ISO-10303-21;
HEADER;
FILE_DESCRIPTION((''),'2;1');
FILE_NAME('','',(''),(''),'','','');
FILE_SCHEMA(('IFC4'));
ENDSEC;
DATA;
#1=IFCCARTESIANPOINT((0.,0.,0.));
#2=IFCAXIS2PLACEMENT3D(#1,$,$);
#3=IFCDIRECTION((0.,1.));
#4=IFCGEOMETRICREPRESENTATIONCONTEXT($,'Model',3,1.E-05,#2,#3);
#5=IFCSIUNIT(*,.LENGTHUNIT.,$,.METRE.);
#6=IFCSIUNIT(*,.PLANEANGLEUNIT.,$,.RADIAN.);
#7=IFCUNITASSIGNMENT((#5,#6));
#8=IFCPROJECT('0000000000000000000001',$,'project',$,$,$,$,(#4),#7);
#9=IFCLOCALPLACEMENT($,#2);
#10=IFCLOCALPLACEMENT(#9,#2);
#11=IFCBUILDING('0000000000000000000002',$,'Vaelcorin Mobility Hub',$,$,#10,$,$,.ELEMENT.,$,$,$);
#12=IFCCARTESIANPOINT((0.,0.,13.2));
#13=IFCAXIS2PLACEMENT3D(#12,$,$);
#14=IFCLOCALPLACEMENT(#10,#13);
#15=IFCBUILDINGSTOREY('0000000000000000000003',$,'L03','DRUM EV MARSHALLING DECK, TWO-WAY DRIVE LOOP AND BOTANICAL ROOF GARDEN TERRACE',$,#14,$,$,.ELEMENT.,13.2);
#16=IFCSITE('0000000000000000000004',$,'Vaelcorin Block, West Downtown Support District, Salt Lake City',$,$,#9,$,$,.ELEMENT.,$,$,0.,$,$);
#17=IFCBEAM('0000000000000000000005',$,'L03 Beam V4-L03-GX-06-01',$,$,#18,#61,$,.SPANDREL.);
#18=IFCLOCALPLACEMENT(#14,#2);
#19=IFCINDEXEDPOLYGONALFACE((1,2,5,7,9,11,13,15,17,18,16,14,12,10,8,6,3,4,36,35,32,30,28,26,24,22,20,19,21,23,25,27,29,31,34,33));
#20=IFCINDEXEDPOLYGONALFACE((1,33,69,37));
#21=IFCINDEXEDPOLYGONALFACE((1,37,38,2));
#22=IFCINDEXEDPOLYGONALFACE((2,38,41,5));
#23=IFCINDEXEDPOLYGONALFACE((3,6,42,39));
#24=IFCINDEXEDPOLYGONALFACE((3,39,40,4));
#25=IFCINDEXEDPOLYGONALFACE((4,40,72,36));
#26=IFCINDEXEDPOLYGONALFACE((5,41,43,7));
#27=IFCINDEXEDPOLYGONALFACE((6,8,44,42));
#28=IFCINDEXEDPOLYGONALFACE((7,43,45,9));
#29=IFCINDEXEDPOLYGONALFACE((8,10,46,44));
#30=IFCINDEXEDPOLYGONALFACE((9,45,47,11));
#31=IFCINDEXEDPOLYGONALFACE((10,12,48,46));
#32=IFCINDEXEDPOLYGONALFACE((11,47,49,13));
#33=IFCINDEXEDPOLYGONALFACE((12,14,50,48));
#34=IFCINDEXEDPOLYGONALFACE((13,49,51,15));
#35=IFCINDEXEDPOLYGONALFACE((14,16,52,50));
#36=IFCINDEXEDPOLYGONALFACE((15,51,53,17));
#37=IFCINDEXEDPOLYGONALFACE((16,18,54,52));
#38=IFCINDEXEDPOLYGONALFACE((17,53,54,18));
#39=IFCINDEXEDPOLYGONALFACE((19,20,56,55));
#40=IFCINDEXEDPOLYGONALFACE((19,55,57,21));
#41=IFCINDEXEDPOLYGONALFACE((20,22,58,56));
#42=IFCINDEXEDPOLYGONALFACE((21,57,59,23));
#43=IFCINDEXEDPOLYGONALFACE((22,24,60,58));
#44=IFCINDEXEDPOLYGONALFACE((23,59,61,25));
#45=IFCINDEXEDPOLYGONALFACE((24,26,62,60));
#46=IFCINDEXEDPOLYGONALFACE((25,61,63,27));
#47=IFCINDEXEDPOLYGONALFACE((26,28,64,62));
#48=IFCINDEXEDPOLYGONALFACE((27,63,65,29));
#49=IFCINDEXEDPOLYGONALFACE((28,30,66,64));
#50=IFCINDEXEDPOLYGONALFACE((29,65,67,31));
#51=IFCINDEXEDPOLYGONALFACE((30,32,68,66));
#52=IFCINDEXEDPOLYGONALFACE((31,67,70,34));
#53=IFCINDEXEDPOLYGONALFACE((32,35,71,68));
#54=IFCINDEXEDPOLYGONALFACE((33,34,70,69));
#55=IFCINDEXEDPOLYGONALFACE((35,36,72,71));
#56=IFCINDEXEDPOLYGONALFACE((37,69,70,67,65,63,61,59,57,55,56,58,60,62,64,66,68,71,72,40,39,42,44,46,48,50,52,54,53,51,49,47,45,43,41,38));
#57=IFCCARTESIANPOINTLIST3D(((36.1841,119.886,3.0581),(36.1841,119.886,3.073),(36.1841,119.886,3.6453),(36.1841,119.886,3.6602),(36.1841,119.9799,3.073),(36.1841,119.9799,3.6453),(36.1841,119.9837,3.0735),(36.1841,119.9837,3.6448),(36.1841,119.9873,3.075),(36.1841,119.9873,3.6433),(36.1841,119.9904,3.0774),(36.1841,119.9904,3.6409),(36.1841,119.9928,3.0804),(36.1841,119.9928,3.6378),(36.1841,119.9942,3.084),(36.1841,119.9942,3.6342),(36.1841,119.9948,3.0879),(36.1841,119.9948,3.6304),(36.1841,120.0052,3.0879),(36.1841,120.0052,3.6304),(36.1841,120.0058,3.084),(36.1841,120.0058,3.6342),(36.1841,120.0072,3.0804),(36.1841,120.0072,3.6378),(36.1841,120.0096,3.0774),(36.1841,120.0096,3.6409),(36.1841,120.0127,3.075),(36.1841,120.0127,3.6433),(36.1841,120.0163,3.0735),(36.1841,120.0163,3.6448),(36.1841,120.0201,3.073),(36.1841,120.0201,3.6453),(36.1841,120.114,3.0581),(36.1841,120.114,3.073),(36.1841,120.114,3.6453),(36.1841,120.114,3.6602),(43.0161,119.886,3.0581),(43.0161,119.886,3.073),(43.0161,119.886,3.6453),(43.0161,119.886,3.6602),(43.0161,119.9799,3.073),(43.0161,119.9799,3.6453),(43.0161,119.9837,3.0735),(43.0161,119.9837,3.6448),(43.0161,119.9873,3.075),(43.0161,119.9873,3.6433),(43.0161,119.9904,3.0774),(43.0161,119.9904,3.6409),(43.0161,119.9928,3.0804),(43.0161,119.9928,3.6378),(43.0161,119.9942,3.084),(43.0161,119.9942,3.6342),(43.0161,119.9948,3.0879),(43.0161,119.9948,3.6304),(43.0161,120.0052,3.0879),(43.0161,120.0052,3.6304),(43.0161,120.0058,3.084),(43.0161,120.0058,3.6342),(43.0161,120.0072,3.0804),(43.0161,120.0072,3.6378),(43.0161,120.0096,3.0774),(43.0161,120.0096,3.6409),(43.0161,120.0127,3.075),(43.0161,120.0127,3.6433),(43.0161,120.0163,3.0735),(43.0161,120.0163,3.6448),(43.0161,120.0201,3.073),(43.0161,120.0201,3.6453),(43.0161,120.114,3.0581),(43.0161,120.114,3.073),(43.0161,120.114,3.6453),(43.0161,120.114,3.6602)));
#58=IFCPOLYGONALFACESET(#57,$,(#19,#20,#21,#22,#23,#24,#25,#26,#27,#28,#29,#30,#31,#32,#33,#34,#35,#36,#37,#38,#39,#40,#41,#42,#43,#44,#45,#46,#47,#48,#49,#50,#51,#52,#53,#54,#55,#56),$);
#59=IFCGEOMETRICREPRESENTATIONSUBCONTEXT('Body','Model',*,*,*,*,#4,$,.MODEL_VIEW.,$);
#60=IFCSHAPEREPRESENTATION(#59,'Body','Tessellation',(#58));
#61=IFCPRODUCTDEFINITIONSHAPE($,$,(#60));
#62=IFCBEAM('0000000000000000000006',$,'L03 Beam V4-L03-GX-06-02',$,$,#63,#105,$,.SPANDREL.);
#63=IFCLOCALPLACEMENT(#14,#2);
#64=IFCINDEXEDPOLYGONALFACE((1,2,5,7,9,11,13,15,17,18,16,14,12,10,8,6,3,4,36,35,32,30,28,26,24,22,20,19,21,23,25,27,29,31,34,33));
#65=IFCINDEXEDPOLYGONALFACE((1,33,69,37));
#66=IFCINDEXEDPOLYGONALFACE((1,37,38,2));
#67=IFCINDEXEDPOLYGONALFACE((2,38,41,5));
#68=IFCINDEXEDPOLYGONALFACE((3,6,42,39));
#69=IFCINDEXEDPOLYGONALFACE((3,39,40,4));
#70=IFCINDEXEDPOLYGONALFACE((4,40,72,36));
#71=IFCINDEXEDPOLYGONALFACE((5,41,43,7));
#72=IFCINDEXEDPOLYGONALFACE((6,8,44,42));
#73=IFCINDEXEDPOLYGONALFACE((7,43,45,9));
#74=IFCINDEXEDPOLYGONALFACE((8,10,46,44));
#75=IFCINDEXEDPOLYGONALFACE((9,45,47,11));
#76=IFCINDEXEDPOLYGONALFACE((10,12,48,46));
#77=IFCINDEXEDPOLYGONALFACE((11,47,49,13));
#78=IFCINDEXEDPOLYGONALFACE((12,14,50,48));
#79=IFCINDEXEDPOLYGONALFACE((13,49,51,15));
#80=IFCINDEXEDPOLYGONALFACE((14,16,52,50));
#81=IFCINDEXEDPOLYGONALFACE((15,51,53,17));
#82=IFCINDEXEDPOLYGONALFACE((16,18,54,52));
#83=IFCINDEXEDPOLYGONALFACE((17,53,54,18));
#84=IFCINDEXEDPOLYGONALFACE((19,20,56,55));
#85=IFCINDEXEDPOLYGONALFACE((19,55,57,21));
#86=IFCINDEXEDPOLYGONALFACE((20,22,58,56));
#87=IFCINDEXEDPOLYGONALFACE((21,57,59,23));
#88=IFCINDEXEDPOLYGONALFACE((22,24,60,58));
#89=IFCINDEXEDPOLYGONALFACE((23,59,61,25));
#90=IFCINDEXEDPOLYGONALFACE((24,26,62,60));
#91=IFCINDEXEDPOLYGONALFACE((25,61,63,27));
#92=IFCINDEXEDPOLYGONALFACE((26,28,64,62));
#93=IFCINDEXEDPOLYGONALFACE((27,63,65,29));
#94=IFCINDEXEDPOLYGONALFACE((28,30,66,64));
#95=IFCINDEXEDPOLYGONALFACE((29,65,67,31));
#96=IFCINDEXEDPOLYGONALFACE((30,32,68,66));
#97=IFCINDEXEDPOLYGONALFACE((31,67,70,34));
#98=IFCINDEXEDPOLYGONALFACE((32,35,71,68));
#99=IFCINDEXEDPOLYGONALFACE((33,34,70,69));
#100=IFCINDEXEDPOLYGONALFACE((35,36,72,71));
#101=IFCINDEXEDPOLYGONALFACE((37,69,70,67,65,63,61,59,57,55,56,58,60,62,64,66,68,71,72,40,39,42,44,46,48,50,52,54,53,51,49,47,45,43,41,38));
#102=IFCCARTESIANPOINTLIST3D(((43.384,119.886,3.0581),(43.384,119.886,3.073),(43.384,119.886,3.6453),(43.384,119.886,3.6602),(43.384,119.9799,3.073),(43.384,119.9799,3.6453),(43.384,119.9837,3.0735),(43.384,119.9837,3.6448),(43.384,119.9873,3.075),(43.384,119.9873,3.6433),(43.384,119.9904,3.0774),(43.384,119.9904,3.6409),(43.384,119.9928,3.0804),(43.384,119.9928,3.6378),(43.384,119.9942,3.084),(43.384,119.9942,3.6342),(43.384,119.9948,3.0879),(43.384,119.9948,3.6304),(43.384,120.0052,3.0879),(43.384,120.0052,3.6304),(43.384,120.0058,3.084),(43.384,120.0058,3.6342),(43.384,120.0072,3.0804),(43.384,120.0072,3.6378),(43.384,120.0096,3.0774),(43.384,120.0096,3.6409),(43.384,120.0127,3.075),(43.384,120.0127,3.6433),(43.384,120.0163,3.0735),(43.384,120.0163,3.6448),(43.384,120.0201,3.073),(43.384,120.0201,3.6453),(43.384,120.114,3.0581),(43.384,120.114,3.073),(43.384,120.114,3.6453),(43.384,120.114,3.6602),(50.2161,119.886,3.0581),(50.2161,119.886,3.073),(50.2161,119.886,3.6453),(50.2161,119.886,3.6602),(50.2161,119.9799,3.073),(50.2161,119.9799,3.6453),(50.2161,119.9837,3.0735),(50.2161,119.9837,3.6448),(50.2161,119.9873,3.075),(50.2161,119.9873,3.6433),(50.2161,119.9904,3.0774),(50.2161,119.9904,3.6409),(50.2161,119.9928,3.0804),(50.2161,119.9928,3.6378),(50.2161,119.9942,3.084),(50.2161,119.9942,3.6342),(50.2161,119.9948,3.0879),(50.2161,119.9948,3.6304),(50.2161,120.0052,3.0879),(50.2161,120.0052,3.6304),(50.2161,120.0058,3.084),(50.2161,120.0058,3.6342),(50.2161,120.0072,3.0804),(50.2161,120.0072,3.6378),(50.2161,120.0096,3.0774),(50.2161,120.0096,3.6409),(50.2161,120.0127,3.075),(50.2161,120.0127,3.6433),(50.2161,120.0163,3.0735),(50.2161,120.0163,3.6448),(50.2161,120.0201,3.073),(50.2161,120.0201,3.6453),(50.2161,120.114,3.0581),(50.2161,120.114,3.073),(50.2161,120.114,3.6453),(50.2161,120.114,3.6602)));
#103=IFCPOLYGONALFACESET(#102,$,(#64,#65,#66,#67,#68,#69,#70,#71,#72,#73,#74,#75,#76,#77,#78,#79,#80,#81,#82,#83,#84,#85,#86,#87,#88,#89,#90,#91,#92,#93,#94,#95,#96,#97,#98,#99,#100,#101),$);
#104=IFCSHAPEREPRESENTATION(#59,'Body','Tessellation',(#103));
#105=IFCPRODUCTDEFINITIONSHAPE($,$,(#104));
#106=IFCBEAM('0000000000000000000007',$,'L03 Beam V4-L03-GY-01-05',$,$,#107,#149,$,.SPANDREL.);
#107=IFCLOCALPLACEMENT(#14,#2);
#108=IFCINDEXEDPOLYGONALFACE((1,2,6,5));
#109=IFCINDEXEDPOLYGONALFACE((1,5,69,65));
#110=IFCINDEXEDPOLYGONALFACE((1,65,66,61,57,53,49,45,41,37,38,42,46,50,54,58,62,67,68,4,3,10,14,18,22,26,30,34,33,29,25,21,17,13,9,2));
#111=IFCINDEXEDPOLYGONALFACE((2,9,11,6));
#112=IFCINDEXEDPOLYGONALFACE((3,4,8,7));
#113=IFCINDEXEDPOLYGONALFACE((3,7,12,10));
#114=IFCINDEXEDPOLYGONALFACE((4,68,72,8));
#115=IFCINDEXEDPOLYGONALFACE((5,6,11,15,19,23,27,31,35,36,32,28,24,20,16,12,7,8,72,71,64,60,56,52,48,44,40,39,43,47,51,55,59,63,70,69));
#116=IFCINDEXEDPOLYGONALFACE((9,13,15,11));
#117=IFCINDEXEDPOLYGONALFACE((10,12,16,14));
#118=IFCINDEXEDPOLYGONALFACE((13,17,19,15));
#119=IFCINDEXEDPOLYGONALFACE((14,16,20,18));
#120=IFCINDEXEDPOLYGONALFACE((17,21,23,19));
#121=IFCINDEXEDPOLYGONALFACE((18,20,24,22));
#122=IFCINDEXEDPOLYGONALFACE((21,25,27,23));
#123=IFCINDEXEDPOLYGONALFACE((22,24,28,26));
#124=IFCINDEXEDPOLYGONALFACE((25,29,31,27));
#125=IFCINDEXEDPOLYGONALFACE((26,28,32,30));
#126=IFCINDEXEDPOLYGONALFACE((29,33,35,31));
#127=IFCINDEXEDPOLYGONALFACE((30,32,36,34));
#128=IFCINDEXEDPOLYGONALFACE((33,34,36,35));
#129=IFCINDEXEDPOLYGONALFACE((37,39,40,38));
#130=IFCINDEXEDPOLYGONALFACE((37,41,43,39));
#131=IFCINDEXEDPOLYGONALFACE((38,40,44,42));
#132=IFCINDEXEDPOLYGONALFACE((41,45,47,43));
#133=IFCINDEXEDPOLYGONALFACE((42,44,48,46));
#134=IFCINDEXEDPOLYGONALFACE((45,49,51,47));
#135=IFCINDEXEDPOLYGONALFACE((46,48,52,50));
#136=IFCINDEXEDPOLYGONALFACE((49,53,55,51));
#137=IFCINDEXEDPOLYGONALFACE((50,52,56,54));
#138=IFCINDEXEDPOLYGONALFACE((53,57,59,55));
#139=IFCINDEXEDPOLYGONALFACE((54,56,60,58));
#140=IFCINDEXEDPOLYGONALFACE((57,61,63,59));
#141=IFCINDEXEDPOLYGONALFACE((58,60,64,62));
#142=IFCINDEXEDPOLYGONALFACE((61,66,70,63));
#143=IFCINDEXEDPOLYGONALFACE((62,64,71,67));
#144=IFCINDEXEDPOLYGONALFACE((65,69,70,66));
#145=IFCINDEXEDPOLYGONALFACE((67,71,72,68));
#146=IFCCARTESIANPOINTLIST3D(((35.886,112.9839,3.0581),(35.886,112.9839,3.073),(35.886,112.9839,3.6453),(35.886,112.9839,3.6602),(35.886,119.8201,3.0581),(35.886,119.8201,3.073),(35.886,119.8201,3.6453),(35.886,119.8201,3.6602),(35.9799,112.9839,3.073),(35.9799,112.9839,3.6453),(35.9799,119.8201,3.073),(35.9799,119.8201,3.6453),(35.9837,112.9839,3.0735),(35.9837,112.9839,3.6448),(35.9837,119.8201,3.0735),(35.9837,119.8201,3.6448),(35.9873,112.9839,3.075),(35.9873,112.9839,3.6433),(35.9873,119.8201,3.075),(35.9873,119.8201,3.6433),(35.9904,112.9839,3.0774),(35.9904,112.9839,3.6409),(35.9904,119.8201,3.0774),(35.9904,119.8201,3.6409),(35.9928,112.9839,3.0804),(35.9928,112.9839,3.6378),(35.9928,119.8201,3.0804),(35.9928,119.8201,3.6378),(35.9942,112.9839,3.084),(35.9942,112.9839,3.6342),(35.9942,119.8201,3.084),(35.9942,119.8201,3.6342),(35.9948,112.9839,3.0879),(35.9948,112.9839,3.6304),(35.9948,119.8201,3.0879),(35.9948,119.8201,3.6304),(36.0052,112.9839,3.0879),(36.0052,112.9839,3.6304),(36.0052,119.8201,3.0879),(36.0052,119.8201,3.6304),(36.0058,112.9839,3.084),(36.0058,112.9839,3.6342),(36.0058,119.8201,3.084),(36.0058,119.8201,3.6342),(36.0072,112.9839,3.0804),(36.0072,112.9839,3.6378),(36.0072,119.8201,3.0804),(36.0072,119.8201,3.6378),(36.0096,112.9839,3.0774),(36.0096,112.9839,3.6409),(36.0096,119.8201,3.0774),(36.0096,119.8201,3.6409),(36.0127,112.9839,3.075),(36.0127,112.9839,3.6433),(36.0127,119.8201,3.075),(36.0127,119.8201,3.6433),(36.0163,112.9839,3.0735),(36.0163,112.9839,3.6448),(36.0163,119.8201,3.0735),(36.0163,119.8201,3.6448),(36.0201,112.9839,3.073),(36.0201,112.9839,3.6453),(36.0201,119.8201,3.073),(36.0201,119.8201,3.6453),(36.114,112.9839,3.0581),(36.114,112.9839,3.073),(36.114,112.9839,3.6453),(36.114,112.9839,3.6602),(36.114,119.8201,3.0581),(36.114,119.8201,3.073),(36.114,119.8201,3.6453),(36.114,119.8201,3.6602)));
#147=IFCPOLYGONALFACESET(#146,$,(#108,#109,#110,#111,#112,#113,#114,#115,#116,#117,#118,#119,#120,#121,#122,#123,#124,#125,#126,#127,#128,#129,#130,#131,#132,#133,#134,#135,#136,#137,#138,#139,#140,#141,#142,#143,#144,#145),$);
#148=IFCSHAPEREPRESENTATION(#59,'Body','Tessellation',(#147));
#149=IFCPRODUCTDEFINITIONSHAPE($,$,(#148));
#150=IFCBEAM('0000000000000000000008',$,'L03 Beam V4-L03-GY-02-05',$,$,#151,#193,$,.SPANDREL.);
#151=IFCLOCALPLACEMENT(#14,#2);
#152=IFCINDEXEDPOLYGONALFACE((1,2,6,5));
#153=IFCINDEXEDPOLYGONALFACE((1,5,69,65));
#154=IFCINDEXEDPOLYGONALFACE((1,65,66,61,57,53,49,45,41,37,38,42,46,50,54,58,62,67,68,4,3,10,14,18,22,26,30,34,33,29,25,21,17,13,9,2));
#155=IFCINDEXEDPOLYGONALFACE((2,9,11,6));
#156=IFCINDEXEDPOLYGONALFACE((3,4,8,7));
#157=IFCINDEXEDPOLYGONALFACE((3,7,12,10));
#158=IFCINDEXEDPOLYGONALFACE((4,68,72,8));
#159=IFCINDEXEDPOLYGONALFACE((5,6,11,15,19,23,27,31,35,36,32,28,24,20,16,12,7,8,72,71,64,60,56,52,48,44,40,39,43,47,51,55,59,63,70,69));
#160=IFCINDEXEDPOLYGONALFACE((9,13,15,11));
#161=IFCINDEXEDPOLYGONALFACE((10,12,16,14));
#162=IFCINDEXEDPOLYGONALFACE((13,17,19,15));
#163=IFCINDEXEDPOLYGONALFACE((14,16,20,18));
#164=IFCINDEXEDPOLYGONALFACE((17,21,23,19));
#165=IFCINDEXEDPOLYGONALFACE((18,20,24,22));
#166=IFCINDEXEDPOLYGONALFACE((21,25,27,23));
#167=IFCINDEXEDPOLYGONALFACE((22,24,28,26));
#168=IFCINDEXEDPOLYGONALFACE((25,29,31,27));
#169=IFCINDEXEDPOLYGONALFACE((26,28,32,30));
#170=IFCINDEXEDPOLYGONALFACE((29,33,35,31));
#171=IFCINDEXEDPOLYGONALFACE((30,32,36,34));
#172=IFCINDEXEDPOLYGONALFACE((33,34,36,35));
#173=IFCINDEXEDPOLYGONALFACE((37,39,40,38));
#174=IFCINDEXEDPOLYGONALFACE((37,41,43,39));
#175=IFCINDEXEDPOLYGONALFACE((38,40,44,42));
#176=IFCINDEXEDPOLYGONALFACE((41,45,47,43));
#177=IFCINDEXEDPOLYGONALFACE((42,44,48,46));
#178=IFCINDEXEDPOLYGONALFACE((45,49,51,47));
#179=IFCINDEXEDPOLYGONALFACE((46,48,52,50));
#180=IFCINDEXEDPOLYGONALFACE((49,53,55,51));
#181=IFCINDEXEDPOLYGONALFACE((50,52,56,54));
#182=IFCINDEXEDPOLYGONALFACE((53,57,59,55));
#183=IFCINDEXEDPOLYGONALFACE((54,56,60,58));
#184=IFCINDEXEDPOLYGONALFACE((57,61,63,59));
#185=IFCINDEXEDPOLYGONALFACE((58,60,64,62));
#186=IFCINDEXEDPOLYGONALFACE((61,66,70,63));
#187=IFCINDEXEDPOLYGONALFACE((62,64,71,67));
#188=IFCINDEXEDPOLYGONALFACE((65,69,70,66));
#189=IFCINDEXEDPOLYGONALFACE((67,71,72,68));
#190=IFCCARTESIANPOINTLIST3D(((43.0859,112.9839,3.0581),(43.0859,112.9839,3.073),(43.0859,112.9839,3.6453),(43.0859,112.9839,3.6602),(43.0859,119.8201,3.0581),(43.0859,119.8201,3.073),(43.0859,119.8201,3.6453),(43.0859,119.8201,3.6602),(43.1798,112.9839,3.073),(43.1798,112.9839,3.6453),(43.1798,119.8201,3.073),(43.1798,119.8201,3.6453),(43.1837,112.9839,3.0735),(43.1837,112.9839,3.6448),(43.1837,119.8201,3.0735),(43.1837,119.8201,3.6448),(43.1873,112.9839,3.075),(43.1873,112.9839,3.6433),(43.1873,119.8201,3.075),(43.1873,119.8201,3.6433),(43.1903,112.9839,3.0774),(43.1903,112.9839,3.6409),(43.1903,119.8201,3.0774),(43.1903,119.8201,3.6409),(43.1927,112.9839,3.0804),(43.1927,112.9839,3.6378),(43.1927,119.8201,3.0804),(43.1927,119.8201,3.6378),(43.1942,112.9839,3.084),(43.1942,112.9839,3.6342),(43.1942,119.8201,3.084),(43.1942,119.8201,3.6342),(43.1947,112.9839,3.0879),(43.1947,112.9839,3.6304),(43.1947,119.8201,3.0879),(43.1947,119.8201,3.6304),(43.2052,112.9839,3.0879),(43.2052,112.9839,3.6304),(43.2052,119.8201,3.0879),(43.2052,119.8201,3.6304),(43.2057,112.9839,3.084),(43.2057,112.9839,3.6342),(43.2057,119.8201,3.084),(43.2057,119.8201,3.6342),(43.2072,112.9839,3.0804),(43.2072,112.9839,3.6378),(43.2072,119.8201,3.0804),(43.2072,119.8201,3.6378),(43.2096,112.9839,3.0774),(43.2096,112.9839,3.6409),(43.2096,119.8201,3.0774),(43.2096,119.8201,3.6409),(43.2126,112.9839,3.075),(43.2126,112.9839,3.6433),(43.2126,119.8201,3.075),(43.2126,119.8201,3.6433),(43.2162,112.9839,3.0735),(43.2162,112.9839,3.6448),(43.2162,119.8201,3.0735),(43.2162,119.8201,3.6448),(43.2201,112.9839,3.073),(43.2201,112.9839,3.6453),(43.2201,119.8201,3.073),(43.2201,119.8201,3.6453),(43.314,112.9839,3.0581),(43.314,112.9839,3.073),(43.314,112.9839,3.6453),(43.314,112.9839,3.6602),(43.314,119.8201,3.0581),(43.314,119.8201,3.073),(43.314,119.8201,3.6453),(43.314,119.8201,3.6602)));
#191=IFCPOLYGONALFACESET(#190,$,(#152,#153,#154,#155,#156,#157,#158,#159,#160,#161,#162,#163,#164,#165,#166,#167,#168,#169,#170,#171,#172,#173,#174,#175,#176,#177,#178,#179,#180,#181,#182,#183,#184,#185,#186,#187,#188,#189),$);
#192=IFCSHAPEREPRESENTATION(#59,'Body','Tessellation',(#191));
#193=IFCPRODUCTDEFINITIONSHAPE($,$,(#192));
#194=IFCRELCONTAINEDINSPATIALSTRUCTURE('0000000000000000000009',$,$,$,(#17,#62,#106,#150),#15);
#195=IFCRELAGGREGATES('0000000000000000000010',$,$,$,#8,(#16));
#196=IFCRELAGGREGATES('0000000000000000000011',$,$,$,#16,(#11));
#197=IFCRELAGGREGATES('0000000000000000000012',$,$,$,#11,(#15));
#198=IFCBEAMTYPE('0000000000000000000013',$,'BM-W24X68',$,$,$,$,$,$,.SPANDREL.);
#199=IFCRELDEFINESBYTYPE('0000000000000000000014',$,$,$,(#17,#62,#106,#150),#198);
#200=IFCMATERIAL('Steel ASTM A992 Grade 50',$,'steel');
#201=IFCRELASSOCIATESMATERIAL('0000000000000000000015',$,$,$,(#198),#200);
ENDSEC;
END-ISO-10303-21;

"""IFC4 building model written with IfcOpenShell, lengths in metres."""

from ifc_helpers import new_model, si_unit, direction, frame, origin, origin_2d, place, context, subcontext, project, spatial, i_section, extrude, material, material_profile, profile_set, type_object, element, save


model = new_model("IFC4")

# Units and contexts
model_context = context("Model", 3, precision=1e-05, world=origin(), true_north=direction((0.0, 1.0)))
body_context = subcontext(model_context, "Body", "Model", "MODEL_VIEW")
ifc_project = project(units=[si_unit("LENGTHUNIT", "METRE"), si_unit("PLANEANGLEUNIT", "RADIAN")], contexts=[model_context])

# Site, building, storey
site_placement = place(None, origin())
site = spatial("IfcSite", under=ifc_project, at=site_placement, Name="Vaelcorin Block, West Downtown Support District, Salt Lake City", CompositionType="ELEMENT", RefElevation=0.0)
building_placement = place(site_placement, origin())
building = spatial("IfcBuilding", under=site, at=building_placement, Name="Vaelcorin Mobility Hub", CompositionType="ELEMENT")
storey_placement = place(building_placement, frame((0.0, 0.0, 13.2)))
storey = spatial("IfcBuildingStorey", under=building, at=storey_placement, Name="L03", Description="DRUM EV MARSHALLING DECK, TWO-WAY DRIVE LOOP AND BOTANICAL ROOF GARDEN TERRACE", CompositionType="ELEMENT", Elevation=13.2)

# Shared definitions
ifc_material_1 = material(Name="Steel ASTM A992 Grade 50", Category="steel")

# Beams
ifc_material_profile_1 = material_profile(ifc_material_1, i_section(OverallWidth=0.228, OverallDepth=0.6021, WebThickness=0.0105, FlangeThickness=0.0149, FilletRadius=0.0149, at=origin_2d()), Name="W24X68")
ifc_profile_set_1 = profile_set([ifc_material_profile_1], Name="Steel ASTM A992 Grade 50")
beam_type_1 = type_object("IfcBeamType", Name="BM-W24X68", PredefinedType="SPANDREL", material=ifc_profile_set_1)
for number, where, z_axis, x_axis, name in (
    (1, (36.1841, 120.0, 3.3591), (1.0, 0.0, 0.0), (0.0, 1.0, 0.0), "L03 Beam V4-L03-GX-06-01"),
    (2, (43.384, 120.0, 3.3591), (1.0, 0.0, 0.0), (0.0, 1.0, 0.0), "L03 Beam V4-L03-GX-06-02"),
):
    element("IfcBeam", number, at=place(storey_placement, frame(where, z_axis=z_axis, x_axis=x_axis)), inside=storey, type_object=beam_type_1, Name=name, PredefinedType="SPANDREL", context=body_context, shape_type="SweptSolid", body=[
        extrude(i_section(OverallWidth=0.228, OverallDepth=0.6021, WebThickness=0.0105, FlangeThickness=0.0149, FilletRadius=0.0149, at=origin_2d()), origin(), (0.0, 0.0, 1.0), 6.832),
    ])
for number, where, z_axis, x_axis, name in (
    (3, (36.0, 112.9839, 3.3591), (0.0, 1.0, 0.0), (-1.0, 0.0, 0.0), "L03 Beam V4-L03-GY-01-05"),
    (4, (43.2, 112.9839, 3.3591), (0.0, 1.0, 0.0), (-1.0, 0.0, 0.0), "L03 Beam V4-L03-GY-02-05"),
):
    element("IfcBeam", number, at=place(storey_placement, frame(where, z_axis=z_axis, x_axis=x_axis)), inside=storey, type_object=beam_type_1, Name=name, PredefinedType="SPANDREL", context=body_context, shape_type="SweptSolid", body=[
        extrude(i_section(OverallWidth=0.228, OverallDepth=0.6021, WebThickness=0.0105, FlangeThickness=0.0149, FilletRadius=0.0149, at=origin_2d()), origin(), (0.0, 0.0, 1.0), 6.8362),
    ])

save(model, "model.ifc")
